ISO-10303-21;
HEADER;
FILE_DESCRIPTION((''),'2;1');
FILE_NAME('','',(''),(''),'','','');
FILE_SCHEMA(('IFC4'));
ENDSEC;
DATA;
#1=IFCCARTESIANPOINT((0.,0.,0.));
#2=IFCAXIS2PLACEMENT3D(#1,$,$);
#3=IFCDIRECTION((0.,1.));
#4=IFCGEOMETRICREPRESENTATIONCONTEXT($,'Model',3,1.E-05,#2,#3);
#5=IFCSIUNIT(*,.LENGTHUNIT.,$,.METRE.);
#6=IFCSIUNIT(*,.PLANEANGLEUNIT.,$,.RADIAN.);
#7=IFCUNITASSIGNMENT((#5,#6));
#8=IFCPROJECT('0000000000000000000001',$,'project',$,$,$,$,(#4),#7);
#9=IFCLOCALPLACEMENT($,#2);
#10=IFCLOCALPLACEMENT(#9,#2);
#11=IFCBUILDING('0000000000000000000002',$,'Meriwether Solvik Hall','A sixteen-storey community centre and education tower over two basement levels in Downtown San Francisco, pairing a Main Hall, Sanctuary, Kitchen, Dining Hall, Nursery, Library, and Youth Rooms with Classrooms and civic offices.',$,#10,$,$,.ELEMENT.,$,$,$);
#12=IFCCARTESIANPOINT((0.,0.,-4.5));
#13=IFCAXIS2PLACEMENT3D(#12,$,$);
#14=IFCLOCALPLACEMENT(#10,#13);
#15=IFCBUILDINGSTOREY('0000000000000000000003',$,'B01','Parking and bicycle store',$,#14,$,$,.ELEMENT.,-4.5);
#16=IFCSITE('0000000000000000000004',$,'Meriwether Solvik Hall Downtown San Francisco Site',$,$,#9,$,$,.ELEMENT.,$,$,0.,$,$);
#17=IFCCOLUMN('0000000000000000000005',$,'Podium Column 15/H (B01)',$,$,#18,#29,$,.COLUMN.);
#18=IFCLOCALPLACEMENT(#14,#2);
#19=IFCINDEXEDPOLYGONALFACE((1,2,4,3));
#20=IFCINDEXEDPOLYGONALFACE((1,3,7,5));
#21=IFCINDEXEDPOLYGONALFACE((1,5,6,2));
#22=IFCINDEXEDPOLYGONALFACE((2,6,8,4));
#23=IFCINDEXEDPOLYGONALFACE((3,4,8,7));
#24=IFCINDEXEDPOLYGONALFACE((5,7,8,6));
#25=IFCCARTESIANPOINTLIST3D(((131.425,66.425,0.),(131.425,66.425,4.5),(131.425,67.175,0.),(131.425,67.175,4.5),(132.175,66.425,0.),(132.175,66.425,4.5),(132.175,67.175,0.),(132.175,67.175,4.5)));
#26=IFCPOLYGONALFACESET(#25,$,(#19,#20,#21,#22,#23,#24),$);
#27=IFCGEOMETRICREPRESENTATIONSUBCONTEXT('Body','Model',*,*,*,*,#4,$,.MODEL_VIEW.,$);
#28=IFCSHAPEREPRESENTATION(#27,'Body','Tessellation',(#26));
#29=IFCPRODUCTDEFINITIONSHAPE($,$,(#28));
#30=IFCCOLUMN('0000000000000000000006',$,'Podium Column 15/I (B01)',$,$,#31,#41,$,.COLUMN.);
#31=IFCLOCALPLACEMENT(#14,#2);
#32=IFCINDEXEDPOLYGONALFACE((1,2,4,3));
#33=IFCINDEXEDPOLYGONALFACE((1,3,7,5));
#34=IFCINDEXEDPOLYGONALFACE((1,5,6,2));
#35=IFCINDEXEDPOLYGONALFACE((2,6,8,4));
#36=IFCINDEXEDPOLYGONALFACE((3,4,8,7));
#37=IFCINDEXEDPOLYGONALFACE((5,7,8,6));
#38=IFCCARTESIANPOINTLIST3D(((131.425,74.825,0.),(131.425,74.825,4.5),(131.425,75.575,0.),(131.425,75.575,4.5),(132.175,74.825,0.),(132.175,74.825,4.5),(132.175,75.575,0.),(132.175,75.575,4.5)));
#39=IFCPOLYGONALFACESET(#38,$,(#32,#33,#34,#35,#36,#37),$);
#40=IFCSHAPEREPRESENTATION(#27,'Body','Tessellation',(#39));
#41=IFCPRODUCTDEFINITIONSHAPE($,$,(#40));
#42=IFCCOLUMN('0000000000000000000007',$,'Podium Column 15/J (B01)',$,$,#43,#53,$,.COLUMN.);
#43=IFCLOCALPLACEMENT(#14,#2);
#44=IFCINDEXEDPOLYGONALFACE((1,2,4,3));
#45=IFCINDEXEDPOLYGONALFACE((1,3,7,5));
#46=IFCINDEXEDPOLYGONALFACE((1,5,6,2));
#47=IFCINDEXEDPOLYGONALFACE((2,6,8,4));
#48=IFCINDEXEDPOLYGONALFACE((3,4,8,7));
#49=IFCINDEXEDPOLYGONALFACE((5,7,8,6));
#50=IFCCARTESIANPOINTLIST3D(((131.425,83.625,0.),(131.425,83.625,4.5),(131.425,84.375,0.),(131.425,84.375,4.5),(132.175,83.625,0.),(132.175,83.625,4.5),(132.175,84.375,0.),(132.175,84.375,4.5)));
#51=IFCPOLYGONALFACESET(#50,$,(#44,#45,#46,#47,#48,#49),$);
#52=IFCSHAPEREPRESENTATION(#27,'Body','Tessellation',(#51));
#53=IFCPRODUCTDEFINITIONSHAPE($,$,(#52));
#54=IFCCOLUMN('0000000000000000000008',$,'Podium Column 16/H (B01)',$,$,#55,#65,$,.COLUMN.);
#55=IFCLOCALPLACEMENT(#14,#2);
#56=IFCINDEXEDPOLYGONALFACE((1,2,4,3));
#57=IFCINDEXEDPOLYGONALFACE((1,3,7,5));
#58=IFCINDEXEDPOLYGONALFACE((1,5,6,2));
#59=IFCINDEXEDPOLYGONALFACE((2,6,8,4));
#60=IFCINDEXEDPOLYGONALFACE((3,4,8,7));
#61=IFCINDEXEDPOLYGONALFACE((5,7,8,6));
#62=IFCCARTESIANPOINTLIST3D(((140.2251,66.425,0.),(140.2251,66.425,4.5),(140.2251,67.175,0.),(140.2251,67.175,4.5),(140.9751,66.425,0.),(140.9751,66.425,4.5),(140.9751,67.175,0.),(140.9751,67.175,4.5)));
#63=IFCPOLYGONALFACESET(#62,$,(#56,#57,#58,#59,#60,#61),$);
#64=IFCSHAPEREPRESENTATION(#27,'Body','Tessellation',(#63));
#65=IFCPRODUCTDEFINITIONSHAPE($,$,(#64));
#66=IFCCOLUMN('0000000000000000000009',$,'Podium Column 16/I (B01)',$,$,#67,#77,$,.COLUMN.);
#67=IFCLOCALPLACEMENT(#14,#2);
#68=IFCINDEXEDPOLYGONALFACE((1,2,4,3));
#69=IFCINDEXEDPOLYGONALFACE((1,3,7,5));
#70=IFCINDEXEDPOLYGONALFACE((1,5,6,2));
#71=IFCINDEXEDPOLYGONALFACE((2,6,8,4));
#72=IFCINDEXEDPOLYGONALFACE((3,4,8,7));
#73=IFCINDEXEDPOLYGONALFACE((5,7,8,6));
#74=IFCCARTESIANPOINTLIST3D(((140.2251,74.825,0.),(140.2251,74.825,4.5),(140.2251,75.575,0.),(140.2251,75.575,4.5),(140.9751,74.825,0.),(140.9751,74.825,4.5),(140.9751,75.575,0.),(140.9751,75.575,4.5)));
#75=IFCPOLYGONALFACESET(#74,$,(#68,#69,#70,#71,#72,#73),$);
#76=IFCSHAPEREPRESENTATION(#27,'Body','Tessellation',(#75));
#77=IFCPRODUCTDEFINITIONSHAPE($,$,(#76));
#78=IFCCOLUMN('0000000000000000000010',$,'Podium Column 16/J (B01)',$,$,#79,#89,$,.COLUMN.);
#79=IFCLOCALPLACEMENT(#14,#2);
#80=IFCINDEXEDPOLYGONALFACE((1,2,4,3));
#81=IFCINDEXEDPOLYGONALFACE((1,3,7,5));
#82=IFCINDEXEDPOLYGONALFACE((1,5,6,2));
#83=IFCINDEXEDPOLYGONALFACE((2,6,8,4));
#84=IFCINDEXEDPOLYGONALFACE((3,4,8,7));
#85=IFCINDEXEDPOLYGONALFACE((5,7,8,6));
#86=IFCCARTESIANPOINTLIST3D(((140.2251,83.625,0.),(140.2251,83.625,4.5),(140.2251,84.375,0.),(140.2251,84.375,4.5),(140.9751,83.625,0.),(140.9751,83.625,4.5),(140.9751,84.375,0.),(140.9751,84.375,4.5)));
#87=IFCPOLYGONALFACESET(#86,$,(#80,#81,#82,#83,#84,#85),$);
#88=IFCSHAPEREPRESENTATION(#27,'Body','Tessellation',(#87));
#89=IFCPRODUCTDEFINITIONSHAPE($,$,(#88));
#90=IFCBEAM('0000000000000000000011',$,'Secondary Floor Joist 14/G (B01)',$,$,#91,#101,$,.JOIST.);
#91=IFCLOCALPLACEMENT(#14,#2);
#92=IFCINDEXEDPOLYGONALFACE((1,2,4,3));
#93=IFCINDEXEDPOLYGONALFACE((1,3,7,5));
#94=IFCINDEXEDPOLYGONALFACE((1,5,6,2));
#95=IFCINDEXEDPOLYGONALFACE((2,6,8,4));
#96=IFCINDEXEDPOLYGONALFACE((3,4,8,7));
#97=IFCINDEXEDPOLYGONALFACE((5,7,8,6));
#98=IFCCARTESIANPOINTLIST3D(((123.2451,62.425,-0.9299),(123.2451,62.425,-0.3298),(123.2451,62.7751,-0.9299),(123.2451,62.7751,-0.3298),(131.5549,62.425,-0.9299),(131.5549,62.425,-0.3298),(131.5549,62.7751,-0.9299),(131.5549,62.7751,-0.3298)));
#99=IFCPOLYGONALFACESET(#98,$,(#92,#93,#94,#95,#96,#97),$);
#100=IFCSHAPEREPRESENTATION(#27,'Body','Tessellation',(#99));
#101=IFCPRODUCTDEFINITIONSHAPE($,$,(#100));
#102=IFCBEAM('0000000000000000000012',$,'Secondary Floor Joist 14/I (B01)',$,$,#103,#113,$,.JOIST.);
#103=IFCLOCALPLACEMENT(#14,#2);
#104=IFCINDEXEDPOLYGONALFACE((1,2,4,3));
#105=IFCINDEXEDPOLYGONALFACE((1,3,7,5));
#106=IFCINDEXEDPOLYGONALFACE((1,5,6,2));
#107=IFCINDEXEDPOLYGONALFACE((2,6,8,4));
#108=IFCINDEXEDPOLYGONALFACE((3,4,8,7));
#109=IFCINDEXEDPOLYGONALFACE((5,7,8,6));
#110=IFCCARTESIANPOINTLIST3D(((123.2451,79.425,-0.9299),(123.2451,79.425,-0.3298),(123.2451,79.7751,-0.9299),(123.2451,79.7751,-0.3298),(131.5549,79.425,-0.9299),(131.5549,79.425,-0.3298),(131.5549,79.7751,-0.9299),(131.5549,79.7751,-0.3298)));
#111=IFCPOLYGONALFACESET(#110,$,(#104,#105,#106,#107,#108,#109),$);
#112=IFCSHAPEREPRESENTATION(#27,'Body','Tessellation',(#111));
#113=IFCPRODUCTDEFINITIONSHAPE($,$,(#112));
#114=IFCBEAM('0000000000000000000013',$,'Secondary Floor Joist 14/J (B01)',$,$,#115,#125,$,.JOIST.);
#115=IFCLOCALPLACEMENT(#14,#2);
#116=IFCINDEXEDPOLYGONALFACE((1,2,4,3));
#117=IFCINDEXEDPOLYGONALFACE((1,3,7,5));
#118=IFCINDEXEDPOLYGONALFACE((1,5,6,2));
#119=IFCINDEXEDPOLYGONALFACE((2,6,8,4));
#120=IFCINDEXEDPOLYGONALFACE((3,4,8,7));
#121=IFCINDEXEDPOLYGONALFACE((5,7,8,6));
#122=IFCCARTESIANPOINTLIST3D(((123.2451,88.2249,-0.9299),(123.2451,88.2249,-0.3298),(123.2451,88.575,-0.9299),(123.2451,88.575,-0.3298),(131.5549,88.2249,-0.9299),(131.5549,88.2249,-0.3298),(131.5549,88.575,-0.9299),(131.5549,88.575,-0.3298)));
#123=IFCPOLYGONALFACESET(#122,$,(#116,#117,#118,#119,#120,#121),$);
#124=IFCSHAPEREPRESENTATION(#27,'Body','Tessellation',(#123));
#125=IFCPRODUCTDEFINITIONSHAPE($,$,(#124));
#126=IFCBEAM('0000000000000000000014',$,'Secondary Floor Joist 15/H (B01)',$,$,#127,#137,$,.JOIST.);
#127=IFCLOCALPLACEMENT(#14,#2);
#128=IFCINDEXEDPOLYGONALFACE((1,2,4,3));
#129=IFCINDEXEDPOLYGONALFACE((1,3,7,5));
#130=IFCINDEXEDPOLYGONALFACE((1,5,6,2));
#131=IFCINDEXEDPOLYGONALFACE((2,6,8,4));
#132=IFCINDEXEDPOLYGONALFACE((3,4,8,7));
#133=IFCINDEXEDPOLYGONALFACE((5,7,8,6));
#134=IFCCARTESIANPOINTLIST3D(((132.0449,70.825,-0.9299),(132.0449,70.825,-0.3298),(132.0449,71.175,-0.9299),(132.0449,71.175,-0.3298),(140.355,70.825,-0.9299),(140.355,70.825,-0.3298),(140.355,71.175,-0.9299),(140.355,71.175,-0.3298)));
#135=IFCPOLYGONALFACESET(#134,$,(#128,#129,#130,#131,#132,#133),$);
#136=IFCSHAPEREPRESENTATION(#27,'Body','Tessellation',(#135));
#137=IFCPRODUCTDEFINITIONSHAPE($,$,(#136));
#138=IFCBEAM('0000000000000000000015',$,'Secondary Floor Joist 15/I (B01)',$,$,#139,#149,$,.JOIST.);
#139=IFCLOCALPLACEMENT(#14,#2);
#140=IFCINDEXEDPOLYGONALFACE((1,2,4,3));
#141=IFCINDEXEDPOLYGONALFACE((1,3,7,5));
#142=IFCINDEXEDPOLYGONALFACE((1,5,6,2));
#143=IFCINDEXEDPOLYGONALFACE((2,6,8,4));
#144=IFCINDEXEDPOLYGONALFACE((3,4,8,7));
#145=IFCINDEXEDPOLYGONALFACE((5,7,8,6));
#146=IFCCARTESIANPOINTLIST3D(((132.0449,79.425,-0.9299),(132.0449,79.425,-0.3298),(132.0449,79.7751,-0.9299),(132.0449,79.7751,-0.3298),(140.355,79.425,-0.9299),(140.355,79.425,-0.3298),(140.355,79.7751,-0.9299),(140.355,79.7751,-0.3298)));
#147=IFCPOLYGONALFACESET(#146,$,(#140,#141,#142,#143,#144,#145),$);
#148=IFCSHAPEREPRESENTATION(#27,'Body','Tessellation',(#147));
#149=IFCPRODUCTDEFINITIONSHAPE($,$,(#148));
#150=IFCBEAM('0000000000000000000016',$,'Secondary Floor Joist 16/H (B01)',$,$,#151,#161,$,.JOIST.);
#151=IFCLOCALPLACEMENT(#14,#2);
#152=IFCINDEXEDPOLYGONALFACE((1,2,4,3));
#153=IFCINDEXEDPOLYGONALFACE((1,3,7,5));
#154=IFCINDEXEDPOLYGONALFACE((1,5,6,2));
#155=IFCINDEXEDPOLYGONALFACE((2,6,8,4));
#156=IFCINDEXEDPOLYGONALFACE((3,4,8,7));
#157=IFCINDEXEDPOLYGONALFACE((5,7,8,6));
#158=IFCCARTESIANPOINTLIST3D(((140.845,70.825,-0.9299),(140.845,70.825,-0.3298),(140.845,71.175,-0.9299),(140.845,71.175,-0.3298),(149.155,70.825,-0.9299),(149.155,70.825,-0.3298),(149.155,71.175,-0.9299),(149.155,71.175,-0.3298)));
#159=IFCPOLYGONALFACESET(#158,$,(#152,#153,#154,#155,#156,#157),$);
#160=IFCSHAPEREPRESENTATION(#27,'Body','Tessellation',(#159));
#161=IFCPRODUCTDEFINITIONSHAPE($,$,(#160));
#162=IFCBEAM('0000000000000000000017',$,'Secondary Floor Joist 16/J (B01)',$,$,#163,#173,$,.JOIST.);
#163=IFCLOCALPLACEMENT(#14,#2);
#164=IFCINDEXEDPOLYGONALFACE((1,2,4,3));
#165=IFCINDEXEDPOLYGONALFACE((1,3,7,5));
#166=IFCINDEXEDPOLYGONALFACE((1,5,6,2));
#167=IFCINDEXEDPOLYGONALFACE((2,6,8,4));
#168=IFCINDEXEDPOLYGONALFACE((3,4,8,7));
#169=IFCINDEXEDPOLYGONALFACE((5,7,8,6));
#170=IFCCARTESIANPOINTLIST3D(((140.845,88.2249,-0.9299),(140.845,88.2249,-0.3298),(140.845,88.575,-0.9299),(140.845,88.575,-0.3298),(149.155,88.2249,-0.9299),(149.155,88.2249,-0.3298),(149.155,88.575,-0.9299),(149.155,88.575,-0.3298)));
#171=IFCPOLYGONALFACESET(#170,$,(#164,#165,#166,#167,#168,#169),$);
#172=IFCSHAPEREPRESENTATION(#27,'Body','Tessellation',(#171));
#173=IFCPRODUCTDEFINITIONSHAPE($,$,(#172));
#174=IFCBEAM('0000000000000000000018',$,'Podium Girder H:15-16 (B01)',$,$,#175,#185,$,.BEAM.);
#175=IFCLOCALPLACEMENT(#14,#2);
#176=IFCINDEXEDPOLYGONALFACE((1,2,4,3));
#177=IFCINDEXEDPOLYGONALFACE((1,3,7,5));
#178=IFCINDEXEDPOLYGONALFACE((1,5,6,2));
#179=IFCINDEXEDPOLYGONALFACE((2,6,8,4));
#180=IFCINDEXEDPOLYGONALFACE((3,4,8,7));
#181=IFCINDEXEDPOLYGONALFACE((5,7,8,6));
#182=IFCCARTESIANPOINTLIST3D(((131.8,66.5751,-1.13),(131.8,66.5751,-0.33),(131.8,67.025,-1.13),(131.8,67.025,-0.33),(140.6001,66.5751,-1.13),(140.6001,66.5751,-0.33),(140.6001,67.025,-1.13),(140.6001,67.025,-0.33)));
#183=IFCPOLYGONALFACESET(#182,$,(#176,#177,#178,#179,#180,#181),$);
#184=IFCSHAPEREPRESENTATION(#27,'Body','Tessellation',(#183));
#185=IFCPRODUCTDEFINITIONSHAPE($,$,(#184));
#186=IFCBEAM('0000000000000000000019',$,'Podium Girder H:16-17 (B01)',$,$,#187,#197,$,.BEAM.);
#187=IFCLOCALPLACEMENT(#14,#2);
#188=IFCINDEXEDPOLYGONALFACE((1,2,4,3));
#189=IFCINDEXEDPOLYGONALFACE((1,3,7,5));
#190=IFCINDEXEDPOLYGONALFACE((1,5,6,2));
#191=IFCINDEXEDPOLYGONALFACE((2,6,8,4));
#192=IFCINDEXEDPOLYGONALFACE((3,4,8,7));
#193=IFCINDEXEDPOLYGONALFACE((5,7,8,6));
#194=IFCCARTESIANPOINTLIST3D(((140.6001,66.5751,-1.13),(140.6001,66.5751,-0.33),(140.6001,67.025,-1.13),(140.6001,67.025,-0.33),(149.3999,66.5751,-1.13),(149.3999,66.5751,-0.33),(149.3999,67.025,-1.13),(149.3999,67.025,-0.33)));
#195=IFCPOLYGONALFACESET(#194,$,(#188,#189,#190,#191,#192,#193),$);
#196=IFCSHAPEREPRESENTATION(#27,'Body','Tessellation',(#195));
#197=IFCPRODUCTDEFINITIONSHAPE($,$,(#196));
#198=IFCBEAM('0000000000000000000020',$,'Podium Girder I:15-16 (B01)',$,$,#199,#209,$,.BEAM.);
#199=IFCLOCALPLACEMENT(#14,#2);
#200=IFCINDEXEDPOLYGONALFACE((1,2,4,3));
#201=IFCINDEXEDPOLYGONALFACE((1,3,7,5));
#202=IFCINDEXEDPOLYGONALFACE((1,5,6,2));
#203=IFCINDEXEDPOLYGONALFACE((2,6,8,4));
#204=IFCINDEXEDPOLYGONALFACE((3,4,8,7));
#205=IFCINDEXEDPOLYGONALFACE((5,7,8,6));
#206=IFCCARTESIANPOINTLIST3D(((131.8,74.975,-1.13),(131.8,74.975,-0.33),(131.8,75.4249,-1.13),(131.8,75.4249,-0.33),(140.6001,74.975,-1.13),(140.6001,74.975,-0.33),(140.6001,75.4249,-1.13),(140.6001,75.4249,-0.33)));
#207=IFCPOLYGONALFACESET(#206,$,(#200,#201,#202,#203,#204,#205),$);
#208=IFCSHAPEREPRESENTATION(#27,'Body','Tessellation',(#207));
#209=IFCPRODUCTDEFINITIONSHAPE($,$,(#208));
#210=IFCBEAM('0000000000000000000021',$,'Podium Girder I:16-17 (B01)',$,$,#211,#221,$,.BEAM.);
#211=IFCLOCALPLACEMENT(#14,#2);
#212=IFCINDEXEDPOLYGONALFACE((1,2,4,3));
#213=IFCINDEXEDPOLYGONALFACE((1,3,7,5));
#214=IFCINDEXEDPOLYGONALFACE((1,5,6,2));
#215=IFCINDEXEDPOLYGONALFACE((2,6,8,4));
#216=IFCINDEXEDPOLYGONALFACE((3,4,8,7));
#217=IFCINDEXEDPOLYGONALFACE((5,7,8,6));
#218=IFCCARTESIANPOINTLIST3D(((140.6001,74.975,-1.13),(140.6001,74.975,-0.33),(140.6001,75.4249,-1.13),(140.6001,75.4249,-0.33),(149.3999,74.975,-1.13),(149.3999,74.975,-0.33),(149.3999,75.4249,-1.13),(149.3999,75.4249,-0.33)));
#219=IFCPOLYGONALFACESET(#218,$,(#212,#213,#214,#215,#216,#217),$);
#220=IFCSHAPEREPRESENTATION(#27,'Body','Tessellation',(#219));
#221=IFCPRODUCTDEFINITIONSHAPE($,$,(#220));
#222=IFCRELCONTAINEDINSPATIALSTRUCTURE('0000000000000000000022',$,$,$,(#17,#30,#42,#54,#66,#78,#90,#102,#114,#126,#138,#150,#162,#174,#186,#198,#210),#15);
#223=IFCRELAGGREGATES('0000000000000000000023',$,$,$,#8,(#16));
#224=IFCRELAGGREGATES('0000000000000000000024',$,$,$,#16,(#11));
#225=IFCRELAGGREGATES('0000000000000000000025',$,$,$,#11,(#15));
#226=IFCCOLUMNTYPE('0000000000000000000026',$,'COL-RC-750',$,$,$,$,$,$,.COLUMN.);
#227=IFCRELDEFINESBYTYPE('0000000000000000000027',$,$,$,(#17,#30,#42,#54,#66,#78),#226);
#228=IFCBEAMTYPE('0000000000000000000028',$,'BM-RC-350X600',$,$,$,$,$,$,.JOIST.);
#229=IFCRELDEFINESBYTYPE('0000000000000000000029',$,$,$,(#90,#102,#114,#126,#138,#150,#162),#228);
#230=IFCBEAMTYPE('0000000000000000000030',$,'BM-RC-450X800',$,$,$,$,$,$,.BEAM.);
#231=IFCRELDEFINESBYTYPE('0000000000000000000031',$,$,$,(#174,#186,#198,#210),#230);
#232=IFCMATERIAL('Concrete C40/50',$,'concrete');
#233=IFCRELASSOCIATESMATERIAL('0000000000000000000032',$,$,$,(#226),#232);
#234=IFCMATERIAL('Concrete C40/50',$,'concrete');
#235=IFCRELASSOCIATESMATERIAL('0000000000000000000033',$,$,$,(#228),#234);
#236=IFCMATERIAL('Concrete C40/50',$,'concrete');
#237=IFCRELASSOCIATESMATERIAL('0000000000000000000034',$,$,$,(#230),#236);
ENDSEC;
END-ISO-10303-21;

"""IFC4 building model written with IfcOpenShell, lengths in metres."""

from ifc_helpers import new_model, si_unit, direction, frame, origin, origin_2d, place, context, subcontext, project, spatial, rectangle, extrude, material, material_profile, profile_set, type_object, element, save


model = new_model("IFC4")

# Units and contexts
model_context = context("Model", 3, precision=1e-05, world=origin(), true_north=direction((0.0, 1.0)))
body_context = subcontext(model_context, "Body", "Model", "MODEL_VIEW")
ifc_project = project(units=[si_unit("LENGTHUNIT", "METRE"), si_unit("PLANEANGLEUNIT", "RADIAN")], contexts=[model_context])

# Site, building, storey
site_placement = place(None, origin())
site = spatial("IfcSite", under=ifc_project, at=site_placement, Name="Meriwether Solvik Hall Downtown San Francisco Site", CompositionType="ELEMENT", RefElevation=0.0)
building_placement = place(site_placement, origin())
building = spatial("IfcBuilding", under=site, at=building_placement, Name="Meriwether Solvik Hall", Description="A sixteen-storey community centre and education tower over two basement levels in Downtown San Francisco, pairing a Main Hall, Sanctuary, Kitchen, Dining Hall, Nursery, Library, and Youth Rooms with Classrooms and civic offices.", CompositionType="ELEMENT")
storey_placement = place(building_placement, frame((0.0, 0.0, -4.5)))
storey = spatial("IfcBuildingStorey", under=building, at=storey_placement, Name="B01", Description="Parking and bicycle store", CompositionType="ELEMENT", Elevation=-4.5)

# Columns
ifc_material_1 = material(Name="Concrete C40/50", Category="concrete")
ifc_material_profile_1 = material_profile(ifc_material_1, rectangle(XDim=0.75, YDim=0.75, at=origin_2d()), Name="RCC-750X750")
ifc_profile_set_1 = profile_set([ifc_material_profile_1], Name="Concrete C40/50")
column_type = type_object("IfcColumnType", Name="COL-RC-750", PredefinedType="COLUMN", material=ifc_profile_set_1)
for number, where, z_axis, x_axis, name in (
    (1, (131.8, 66.8, 0.0), (0.0, 0.0, 1.0), (1.0, 0.0, 0.0), "Podium Column 15/H (B01)"),
    (2, (131.8, 75.2, 0.0), (0.0, 0.0, 1.0), (1.0, 0.0, 0.0), "Podium Column 15/I (B01)"),
    (3, (131.8, 84.0, 0.0), (0.0, 0.0, 1.0), (1.0, 0.0, 0.0), "Podium Column 15/J (B01)"),
    (4, (140.6001, 66.8, 0.0), (0.0, 0.0, 1.0), (1.0, 0.0, 0.0), "Podium Column 16/H (B01)"),
    (5, (140.6001, 75.2, 0.0), (0.0, 0.0, 1.0), (1.0, 0.0, 0.0), "Podium Column 16/I (B01)"),
    (6, (140.6001, 84.0, 0.0), (0.0, 0.0, 1.0), (1.0, 0.0, 0.0), "Podium Column 16/J (B01)"),
):
    element("IfcColumn", number, at=place(storey_placement, frame(where, z_axis=z_axis, x_axis=x_axis)), inside=storey, type_object=column_type, Name=name, PredefinedType="COLUMN", context=body_context, shape_type="SweptSolid", body=[
        extrude(rectangle(XDim=0.75, YDim=0.75, at=origin_2d()), origin(), (0.0, 0.0, 1.0), 4.5),
    ])

# Beams
ifc_material_2 = material(Name="Concrete C40/50", Category="concrete")
ifc_material_profile_2 = material_profile(ifc_material_2, rectangle(XDim=0.3501, YDim=0.6001, at=origin_2d()), Name="RCB-350X600")
ifc_profile_set_2 = profile_set([ifc_material_profile_2], Name="Concrete C40/50")
beam_type_1 = type_object("IfcBeamType", Name="BM-RC-350X600", PredefinedType="JOIST", material=ifc_profile_set_2)
for number, where, z_axis, x_axis, name in (
    (7, (123.2451, 62.6001, -0.6299), (1.0, 0.0, 0.0), (0.0, 1.0, 0.0), "Secondary Floor Joist 14/G (B01)"),
    (8, (123.2451, 79.6001, -0.6299), (1.0, 0.0, 0.0), (0.0, 1.0, 0.0), "Secondary Floor Joist 14/I (B01)"),
    (9, (123.2451, 88.3999, -0.6299), (1.0, 0.0, 0.0), (0.0, 1.0, 0.0), "Secondary Floor Joist 14/J (B01)"),
):
    element("IfcBeam", number, at=place(storey_placement, frame(where, z_axis=z_axis, x_axis=x_axis)), inside=storey, type_object=beam_type_1, Name=name, PredefinedType="JOIST", context=body_context, shape_type="SweptSolid", body=[
        extrude(rectangle(XDim=0.3501, YDim=0.6001, at=origin_2d()), origin(), (0.0, 0.0, 1.0), 8.3098),
    ])
for number, where, z_axis, x_axis, name in (
    (10, (132.0449, 71.0, -0.6299), (1.0, 0.0, 0.0), (0.0, 1.0, 0.0), "Secondary Floor Joist 15/H (B01)"),
    (11, (132.0449, 79.6001, -0.6299), (1.0, 0.0, 0.0), (0.0, 1.0, 0.0), "Secondary Floor Joist 15/I (B01)"),
    (12, (140.845, 71.0, -0.6299), (1.0, 0.0, 0.0), (0.0, 1.0, 0.0), "Secondary Floor Joist 16/H (B01)"),
    (13, (140.845, 88.3999, -0.6299), (1.0, 0.0, 0.0), (0.0, 1.0, 0.0), "Secondary Floor Joist 16/J (B01)"),
):
    element("IfcBeam", number, at=place(storey_placement, frame(where, z_axis=z_axis, x_axis=x_axis)), inside=storey, type_object=beam_type_1, Name=name, PredefinedType="JOIST", context=body_context, shape_type="SweptSolid", body=[
        extrude(rectangle(XDim=0.3501, YDim=0.6001, at=origin_2d()), origin(), (0.0, 0.0, 1.0), 8.3101),
    ])
ifc_material_3 = material(Name="Concrete C40/50", Category="concrete")
ifc_material_profile_3 = material_profile(ifc_material_3, rectangle(XDim=0.45, YDim=0.8, at=origin_2d()), Name="RCB-450X800")
ifc_profile_set_3 = profile_set([ifc_material_profile_3], Name="Concrete C40/50")
beam_type_2 = type_object("IfcBeamType", Name="BM-RC-450X800", PredefinedType="BEAM", material=ifc_profile_set_3)
beam_1_placement = place(storey_placement, frame((131.8, 66.8, -0.73), z_axis=(1.0, 0.0, 0.0), x_axis=(0.0, 1.0, 0.0)))
element("IfcBeam", 14, at=beam_1_placement, inside=storey, type_object=beam_type_2, Name="Podium Girder H:15-16 (B01)", PredefinedType="BEAM", context=body_context, shape_type="SweptSolid", body=[
    extrude(rectangle(XDim=0.45, YDim=0.8, at=origin_2d()), origin(), (0.0, 0.0, 1.0), 8.8),
])
beam_2_placement = place(storey_placement, frame((140.6001, 66.8, -0.73), z_axis=(1.0, 0.0, 0.0), x_axis=(0.0, 1.0, 0.0)))
element("IfcBeam", 15, at=beam_2_placement, inside=storey, type_object=beam_type_2, Name="Podium Girder H:16-17 (B01)", PredefinedType="BEAM", context=body_context, shape_type="SweptSolid", body=[
    extrude(rectangle(XDim=0.45, YDim=0.8, at=origin_2d()), origin(), (0.0, 0.0, 1.0), 8.7998),
])
beam_3_placement = place(storey_placement, frame((131.8, 75.2, -0.73), z_axis=(1.0, 0.0, 0.0), x_axis=(0.0, 1.0, 0.0)))
element("IfcBeam", 16, at=beam_3_placement, inside=storey, type_object=beam_type_2, Name="Podium Girder I:15-16 (B01)", PredefinedType="BEAM", context=body_context, shape_type="SweptSolid", body=[
    extrude(rectangle(XDim=0.45, YDim=0.8, at=origin_2d()), origin(), (0.0, 0.0, 1.0), 8.8),
])
beam_4_placement = place(storey_placement, frame((140.6001, 75.2, -0.73), z_axis=(1.0, 0.0, 0.0), x_axis=(0.0, 1.0, 0.0)))
element("IfcBeam", 17, at=beam_4_placement, inside=storey, type_object=beam_type_2, Name="Podium Girder I:16-17 (B01)", PredefinedType="BEAM", context=body_context, shape_type="SweptSolid", body=[
    extrude(rectangle(XDim=0.45, YDim=0.8, at=origin_2d()), origin(), (0.0, 0.0, 1.0), 8.7998),
])

save(model, "model.ifc")
